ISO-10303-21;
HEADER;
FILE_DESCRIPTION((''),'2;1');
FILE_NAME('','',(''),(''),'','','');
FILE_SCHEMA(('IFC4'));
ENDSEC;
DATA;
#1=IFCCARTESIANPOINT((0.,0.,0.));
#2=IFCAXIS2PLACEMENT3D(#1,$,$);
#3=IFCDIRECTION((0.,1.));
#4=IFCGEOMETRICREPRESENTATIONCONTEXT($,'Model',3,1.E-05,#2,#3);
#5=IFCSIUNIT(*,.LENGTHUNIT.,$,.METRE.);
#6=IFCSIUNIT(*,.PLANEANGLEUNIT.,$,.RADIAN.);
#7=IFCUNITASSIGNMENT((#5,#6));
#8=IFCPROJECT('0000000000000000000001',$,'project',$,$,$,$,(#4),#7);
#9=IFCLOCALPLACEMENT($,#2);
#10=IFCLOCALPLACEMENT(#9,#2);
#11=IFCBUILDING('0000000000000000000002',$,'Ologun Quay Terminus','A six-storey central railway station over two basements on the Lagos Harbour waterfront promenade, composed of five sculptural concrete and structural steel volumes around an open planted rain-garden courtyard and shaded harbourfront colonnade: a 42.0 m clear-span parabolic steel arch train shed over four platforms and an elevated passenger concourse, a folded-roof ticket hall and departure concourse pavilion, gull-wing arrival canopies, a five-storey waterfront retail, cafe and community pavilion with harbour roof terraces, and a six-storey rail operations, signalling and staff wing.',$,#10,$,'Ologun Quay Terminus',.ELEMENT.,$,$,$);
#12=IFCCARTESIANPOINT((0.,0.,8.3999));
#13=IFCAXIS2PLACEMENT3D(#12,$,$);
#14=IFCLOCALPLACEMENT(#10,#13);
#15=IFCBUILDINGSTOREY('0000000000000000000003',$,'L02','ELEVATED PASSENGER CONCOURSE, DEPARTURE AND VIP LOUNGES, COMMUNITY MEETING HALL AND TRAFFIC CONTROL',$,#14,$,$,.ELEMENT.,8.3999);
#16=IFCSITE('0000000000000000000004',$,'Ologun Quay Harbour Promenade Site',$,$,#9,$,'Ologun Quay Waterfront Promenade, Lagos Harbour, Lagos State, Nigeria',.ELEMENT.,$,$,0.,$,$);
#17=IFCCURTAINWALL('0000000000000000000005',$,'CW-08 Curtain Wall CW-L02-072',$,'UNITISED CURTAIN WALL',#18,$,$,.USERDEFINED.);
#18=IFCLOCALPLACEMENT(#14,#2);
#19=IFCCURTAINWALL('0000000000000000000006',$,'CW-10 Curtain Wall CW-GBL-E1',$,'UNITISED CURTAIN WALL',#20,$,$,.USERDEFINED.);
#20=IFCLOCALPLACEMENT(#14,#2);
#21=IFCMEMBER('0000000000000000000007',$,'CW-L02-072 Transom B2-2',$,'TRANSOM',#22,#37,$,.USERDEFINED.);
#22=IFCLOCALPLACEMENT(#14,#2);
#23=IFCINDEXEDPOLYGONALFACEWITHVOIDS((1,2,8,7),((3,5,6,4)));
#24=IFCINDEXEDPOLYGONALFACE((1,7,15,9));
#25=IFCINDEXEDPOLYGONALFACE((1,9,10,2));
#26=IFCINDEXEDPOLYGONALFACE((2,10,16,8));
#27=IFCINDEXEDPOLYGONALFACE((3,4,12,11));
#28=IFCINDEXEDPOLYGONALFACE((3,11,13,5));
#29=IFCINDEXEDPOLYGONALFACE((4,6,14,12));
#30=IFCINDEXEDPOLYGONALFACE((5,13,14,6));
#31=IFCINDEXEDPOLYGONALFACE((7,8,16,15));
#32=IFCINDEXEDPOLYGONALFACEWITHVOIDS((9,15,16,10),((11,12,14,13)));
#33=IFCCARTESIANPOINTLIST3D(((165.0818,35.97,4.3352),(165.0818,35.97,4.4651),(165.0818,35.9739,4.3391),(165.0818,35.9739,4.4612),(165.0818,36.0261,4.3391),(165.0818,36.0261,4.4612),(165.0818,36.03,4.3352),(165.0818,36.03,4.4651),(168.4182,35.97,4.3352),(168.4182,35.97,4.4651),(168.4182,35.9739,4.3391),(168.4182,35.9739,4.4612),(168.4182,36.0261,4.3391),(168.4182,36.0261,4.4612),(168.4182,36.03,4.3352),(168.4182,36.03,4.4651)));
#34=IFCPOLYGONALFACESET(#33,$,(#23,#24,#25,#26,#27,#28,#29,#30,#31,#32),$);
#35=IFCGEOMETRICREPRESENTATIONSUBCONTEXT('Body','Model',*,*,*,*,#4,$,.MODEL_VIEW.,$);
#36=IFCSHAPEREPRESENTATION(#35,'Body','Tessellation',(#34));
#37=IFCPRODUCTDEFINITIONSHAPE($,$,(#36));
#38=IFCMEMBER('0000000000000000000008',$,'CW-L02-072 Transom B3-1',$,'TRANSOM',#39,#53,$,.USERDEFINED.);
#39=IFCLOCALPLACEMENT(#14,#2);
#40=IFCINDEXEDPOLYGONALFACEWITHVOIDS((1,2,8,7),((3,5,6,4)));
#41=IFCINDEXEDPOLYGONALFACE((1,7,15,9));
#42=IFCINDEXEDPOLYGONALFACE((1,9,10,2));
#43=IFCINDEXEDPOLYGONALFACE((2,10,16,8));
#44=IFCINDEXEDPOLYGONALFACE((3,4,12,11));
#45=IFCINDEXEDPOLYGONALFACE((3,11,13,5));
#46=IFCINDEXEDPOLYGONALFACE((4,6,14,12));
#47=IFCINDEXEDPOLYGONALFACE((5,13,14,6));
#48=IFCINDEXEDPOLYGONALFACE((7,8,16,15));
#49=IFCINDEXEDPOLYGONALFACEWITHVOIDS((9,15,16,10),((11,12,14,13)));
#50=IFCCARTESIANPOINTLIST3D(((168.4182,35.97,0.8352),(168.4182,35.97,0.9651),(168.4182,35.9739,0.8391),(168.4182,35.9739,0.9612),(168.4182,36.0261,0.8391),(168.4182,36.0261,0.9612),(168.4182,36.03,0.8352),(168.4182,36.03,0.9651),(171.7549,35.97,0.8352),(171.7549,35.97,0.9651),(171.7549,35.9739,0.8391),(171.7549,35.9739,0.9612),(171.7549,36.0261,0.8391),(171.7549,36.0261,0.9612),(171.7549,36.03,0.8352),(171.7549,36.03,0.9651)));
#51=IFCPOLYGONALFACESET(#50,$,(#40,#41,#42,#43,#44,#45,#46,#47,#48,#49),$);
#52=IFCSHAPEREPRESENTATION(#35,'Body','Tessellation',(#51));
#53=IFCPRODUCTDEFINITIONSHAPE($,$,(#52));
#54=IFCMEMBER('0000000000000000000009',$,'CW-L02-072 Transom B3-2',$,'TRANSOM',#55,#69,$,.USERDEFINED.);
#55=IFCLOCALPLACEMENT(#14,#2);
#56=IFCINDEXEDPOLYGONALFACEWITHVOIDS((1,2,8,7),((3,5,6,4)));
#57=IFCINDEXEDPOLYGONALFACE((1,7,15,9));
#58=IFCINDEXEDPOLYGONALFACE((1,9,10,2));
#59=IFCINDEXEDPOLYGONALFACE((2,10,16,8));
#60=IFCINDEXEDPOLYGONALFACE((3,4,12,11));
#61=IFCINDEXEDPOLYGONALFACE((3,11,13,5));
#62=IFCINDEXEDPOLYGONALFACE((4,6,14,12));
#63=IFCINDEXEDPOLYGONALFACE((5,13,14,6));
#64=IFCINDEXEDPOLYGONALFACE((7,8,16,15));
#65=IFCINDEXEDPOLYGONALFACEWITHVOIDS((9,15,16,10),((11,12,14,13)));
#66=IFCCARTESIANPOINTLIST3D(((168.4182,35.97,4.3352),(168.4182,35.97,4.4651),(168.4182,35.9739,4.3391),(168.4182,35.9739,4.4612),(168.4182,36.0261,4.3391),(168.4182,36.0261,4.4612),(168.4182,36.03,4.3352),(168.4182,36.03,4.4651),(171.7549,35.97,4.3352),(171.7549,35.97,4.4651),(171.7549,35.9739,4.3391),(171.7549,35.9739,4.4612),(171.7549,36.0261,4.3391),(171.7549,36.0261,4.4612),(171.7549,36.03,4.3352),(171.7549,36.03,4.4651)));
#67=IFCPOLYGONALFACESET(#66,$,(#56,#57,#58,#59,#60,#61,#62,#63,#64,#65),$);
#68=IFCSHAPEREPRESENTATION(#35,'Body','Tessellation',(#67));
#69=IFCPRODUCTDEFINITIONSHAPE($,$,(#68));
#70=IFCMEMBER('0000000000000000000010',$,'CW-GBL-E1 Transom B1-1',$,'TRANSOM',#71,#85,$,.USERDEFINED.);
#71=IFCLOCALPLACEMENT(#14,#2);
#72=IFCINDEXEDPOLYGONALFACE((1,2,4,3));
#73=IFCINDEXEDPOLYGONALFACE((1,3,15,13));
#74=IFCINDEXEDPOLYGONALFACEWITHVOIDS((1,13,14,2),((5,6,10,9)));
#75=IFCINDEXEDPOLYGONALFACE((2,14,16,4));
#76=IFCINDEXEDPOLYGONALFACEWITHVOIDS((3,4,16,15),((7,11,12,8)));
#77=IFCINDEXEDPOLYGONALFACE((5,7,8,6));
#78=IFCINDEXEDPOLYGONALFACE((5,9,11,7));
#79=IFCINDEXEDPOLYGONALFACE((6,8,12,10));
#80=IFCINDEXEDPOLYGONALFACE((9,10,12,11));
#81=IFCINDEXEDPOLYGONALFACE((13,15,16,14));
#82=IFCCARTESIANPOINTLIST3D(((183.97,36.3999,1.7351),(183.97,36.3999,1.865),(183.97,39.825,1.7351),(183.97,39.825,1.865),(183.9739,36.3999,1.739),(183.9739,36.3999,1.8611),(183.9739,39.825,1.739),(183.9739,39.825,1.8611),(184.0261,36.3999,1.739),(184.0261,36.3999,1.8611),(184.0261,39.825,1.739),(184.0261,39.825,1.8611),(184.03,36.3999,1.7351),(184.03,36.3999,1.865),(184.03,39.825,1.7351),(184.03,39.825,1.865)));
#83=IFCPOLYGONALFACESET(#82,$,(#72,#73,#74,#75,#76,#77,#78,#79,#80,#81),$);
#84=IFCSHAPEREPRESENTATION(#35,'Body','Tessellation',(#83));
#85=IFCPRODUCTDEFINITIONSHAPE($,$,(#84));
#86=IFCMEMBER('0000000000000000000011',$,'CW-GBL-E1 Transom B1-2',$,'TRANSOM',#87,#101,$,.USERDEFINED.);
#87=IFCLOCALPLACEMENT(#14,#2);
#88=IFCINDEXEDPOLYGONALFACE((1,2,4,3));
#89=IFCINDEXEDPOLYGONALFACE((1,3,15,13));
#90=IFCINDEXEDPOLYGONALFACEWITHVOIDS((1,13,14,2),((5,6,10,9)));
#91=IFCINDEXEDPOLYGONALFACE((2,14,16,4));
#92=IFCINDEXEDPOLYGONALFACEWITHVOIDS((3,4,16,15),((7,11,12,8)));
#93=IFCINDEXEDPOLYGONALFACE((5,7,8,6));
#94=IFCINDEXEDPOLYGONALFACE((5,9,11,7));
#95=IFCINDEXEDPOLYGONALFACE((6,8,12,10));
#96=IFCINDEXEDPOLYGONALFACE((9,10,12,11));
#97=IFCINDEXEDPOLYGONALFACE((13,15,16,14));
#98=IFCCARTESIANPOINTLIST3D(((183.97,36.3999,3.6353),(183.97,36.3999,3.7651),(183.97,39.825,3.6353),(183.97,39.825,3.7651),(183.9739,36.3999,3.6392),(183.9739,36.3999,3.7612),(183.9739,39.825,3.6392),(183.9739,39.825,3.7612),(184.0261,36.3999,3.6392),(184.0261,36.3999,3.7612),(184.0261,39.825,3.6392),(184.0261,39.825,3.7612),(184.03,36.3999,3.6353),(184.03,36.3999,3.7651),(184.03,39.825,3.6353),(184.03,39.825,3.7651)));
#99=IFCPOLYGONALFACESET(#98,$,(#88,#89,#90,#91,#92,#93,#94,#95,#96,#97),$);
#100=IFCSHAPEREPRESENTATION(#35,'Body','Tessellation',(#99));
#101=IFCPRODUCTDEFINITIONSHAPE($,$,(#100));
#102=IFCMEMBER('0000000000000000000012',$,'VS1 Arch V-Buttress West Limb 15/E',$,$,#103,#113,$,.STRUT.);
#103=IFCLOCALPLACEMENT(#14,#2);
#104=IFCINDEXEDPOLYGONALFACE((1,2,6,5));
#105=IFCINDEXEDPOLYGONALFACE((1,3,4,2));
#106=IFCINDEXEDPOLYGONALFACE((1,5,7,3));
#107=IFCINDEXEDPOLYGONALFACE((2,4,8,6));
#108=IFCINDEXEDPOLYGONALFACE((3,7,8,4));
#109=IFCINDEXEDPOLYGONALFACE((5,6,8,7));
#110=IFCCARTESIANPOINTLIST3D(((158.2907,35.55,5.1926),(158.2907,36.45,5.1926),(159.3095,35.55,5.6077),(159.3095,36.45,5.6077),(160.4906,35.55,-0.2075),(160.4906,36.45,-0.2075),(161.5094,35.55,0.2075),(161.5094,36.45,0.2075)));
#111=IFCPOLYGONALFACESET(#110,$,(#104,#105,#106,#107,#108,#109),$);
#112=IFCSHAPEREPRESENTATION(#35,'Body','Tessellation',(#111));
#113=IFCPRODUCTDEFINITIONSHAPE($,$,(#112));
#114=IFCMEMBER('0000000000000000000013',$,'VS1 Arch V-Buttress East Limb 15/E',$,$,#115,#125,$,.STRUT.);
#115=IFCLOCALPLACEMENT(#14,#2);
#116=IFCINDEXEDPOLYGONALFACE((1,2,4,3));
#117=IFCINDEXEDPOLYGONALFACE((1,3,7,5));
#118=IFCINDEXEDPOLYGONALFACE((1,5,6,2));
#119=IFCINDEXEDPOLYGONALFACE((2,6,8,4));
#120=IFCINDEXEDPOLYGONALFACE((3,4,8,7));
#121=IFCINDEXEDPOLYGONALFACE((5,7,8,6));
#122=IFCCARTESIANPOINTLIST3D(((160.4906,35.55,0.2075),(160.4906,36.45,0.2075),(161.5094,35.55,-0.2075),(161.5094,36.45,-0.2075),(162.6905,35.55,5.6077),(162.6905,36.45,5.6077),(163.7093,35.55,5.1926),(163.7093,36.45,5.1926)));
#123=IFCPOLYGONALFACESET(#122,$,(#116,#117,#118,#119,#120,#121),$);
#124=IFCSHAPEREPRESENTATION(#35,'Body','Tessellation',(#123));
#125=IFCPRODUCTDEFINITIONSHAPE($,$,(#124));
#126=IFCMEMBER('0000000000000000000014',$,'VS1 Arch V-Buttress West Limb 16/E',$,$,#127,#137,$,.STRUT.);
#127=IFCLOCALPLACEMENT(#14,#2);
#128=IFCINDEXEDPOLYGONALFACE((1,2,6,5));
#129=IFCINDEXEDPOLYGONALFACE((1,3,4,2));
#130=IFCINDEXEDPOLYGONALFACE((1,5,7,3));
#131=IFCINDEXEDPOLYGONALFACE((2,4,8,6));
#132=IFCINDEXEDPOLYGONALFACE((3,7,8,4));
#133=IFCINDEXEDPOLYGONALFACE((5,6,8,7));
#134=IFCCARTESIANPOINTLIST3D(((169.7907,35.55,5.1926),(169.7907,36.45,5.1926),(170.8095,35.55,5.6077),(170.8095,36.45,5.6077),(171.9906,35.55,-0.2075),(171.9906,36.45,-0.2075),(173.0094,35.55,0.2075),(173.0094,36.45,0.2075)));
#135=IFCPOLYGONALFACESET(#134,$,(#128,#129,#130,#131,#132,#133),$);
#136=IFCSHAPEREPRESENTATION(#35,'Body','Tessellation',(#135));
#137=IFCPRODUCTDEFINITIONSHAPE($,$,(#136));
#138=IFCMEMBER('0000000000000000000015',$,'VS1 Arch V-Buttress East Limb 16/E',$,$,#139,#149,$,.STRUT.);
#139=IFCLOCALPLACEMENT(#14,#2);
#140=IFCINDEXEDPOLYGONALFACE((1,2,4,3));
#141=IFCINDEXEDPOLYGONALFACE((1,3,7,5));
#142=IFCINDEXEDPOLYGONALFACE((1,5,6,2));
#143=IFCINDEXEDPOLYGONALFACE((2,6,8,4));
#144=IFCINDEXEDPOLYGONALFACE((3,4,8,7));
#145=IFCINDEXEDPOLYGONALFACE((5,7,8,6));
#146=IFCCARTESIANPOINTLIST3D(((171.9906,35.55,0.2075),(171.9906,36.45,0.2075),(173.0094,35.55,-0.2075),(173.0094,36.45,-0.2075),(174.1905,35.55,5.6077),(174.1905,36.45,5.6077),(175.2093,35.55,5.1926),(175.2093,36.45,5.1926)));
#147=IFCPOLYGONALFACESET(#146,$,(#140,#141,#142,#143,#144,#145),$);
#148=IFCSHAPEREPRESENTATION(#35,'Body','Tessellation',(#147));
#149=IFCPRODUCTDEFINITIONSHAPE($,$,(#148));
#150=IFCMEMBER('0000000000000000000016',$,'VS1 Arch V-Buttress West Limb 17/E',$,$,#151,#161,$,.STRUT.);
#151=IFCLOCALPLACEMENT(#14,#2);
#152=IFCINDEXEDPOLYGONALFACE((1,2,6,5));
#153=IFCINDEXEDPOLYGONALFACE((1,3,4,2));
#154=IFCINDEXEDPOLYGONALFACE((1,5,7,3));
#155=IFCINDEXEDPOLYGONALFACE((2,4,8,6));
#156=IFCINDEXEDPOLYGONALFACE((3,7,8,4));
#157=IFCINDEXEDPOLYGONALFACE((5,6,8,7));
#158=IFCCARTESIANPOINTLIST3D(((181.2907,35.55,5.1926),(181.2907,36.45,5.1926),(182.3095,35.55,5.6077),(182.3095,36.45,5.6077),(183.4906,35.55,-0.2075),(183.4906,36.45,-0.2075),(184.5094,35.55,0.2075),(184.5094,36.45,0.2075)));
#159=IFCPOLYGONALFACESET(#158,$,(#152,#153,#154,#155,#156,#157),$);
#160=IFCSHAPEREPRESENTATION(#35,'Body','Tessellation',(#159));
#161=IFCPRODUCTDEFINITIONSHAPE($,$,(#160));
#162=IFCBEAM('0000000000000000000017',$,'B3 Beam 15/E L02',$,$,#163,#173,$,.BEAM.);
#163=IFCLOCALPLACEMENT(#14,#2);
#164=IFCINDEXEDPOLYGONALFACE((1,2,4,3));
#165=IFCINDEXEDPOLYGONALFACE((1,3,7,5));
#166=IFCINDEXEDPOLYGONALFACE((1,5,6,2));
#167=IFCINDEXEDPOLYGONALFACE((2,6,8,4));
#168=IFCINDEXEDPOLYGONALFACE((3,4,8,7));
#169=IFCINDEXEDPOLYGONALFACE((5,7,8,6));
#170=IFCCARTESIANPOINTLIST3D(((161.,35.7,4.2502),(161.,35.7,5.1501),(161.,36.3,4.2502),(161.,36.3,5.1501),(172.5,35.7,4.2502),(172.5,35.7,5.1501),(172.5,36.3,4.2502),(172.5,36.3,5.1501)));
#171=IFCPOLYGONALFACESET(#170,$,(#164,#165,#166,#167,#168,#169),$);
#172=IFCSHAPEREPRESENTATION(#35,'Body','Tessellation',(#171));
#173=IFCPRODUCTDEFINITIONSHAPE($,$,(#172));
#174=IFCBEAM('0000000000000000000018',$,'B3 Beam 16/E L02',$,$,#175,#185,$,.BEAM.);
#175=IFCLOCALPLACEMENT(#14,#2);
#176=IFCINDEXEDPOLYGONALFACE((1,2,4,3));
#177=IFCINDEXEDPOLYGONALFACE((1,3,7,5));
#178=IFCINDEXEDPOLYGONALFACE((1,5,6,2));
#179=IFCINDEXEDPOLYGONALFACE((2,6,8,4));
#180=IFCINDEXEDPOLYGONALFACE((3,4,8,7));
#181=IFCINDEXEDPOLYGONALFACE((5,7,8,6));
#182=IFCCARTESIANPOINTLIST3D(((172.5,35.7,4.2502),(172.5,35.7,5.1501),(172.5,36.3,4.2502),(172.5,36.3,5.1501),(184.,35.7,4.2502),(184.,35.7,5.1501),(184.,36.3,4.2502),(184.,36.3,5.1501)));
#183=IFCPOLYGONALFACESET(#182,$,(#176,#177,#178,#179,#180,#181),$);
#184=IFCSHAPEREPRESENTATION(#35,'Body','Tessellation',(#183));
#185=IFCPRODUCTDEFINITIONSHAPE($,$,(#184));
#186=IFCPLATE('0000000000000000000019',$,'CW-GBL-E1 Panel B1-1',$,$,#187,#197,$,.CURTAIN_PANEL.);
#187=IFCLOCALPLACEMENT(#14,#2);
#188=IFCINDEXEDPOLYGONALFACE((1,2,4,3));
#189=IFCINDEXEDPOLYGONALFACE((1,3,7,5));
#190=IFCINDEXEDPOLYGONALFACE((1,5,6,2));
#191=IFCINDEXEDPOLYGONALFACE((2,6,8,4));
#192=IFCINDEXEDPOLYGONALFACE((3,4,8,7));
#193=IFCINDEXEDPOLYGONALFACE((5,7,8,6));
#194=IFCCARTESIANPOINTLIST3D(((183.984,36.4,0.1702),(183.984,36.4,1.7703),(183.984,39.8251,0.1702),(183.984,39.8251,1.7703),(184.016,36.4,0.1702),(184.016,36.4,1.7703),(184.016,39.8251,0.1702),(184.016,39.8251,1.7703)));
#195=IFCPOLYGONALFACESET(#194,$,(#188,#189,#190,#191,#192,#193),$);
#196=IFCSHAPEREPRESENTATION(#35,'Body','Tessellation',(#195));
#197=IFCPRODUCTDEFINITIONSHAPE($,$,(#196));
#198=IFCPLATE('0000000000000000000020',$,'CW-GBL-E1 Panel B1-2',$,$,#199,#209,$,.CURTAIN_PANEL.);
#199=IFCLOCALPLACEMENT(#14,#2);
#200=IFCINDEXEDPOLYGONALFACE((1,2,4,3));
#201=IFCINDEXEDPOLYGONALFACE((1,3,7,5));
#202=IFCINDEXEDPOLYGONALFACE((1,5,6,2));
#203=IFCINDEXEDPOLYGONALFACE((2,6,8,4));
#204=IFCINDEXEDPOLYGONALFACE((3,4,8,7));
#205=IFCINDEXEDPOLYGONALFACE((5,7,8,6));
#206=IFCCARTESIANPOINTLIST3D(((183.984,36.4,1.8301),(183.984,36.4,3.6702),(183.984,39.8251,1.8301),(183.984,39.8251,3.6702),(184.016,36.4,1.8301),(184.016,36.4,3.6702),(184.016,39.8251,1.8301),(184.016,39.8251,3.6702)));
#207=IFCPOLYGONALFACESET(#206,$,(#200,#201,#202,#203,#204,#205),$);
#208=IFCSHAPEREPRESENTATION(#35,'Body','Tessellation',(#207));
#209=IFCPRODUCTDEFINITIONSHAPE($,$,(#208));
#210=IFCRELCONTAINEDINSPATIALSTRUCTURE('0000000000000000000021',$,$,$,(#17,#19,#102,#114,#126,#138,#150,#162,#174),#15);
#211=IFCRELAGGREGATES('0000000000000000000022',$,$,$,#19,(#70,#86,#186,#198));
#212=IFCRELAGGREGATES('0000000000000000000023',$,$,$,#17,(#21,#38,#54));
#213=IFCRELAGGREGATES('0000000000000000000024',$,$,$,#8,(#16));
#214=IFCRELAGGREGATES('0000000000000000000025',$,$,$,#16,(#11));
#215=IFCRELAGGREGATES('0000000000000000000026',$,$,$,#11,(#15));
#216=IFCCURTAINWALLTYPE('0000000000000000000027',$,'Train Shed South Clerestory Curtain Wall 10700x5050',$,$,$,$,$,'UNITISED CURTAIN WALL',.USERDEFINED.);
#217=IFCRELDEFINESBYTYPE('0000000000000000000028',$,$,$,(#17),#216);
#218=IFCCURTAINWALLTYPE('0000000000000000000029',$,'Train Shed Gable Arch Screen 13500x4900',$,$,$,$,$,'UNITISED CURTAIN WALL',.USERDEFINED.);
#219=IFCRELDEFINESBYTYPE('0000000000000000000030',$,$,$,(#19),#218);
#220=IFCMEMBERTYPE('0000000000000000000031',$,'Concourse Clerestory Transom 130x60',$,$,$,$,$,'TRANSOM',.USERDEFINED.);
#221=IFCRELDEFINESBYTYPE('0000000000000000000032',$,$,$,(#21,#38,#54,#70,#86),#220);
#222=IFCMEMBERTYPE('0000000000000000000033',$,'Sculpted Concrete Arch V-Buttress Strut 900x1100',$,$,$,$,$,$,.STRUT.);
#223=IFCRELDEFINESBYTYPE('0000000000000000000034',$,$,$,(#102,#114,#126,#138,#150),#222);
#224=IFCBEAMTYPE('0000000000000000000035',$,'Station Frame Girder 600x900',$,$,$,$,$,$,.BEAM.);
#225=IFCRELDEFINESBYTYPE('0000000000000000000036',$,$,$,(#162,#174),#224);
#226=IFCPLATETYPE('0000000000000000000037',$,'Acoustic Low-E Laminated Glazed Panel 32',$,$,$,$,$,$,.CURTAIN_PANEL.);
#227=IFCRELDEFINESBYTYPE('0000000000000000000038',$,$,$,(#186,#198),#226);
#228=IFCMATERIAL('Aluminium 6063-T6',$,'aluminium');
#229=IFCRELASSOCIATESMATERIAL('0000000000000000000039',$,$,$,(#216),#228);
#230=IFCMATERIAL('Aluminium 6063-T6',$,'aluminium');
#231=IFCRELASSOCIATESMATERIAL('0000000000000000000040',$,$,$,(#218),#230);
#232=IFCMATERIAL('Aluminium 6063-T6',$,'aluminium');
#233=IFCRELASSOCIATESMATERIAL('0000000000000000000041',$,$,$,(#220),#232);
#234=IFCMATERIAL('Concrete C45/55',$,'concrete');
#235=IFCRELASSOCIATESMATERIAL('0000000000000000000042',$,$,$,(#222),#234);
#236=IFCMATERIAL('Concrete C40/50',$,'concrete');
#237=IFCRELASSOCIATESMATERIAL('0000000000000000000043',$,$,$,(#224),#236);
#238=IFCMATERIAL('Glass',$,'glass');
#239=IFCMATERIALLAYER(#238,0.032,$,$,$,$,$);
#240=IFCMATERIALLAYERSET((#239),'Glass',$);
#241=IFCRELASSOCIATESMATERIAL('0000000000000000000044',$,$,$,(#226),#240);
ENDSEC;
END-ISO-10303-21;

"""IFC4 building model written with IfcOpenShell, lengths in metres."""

from ifc_helpers import new_model, si_unit, direction, frame, origin, origin_2d, place, context, subcontext, project, spatial, rectangle, hollow_rectangle, extrude, material, layer, layer_set, material_profile, profile_set, type_object, element, aggregate, save


model = new_model("IFC4")

# Units and contexts
model_context = context("Model", 3, precision=1e-05, world=origin(), true_north=direction((0.0, 1.0)))
body_context = subcontext(model_context, "Body", "Model", "MODEL_VIEW")
ifc_project = project(units=[si_unit("LENGTHUNIT", "METRE"), si_unit("PLANEANGLEUNIT", "RADIAN")], contexts=[model_context])

# Site, building, storey
site_placement = place(None, origin())
site = spatial("IfcSite", under=ifc_project, at=site_placement, Name="Ologun Quay Harbour Promenade Site", LongName="Ologun Quay Waterfront Promenade, Lagos Harbour, Lagos State, Nigeria", CompositionType="ELEMENT", RefElevation=0.0)
building_placement = place(site_placement, origin())
building = spatial("IfcBuilding", under=site, at=building_placement, Name="Ologun Quay Terminus", Description="A six-storey central railway station over two basements on the Lagos Harbour waterfront promenade, composed of five sculptural concrete and structural steel volumes around an open planted rain-garden courtyard and shaded harbourfront colonnade: a 42.0 m clear-span parabolic steel arch train shed over four platforms and an elevated passenger concourse, a folded-roof ticket hall and departure concourse pavilion, gull-wing arrival canopies, a five-storey waterfront retail, cafe and community pavilion with harbour roof terraces, and a six-storey rail operations, signalling and staff wing.", LongName="Ologun Quay Terminus", CompositionType="ELEMENT")
storey_placement = place(building_placement, frame((0.0, 0.0, 8.3999)))
storey = spatial("IfcBuildingStorey", under=building, at=storey_placement, Name="L02", Description="ELEVATED PASSENGER CONCOURSE, DEPARTURE AND VIP LOUNGES, COMMUNITY MEETING HALL AND TRAFFIC CONTROL", CompositionType="ELEMENT", Elevation=8.3999)

# Shared definitions
ifc_material_1 = material(Name="Aluminium 6063-T6", Category="aluminium")
curtain_wall_type_1 = type_object("IfcCurtainWallType", Name="Train Shed South Clerestory Curtain Wall 10700x5050", ElementType="UNITISED CURTAIN WALL", PredefinedType="USERDEFINED", material=ifc_material_1)

# Curtain wall
curtain_wall_1_placement = place(storey_placement, origin())
curtain_wall_1 = element("IfcCurtainWall", 1, at=curtain_wall_1_placement, inside=storey, type_object=curtain_wall_type_1, Name="CW-08 Curtain Wall CW-L02-072", ObjectType="UNITISED CURTAIN WALL", PredefinedType="USERDEFINED")

# Curtain wall
ifc_material_2 = material(Name="Aluminium 6063-T6", Category="aluminium")
curtain_wall_type_2 = type_object("IfcCurtainWallType", Name="Train Shed Gable Arch Screen 13500x4900", ElementType="UNITISED CURTAIN WALL", PredefinedType="USERDEFINED", material=ifc_material_2)
curtain_wall_2_placement = place(storey_placement, origin())
curtain_wall_2 = element("IfcCurtainWall", 2, at=curtain_wall_2_placement, inside=storey, type_object=curtain_wall_type_2, Name="CW-10 Curtain Wall CW-GBL-E1", ObjectType="UNITISED CURTAIN WALL", PredefinedType="USERDEFINED")

# Members
ifc_material_3 = material(Name="Aluminium 6063-T6", Category="aluminium")
ifc_material_profile_1 = material_profile(ifc_material_3, hollow_rectangle(XDim=0.0601, YDim=0.1299, WallThickness=0.0039, at=origin_2d()), Name="ALU 130x60x4")
ifc_profile_set_1 = profile_set([ifc_material_profile_1], Name="Aluminium 6063-T6")
member_type_1 = type_object("IfcMemberType", Name="Concourse Clerestory Transom 130x60", ElementType="TRANSOM", PredefinedType="USERDEFINED", material=ifc_profile_set_1)
member_1_placement = place(storey_placement, frame((165.0818, 36.0, 4.4001), z_axis=(1.0, 0.0, 0.0), x_axis=(0.0, 1.0, 0.0)))
member_1 = element("IfcMember", 3, at=member_1_placement, type_object=member_type_1, Name="CW-L02-072 Transom B2-2", ObjectType="TRANSOM", PredefinedType="USERDEFINED", context=body_context, shape_type="SweptSolid", body=[
    extrude(hollow_rectangle(XDim=0.0601, YDim=0.1299, WallThickness=0.0039, at=origin_2d()), origin(), (0.0, 0.0, 1.0), 3.3364),
])
member_2_placement = place(storey_placement, frame((168.4182, 36.0, 0.9001), z_axis=(1.0, 0.0, 0.0), x_axis=(0.0, 1.0, 0.0)))
member_2 = element("IfcMember", 4, at=member_2_placement, type_object=member_type_1, Name="CW-L02-072 Transom B3-1", ObjectType="TRANSOM", PredefinedType="USERDEFINED", context=body_context, shape_type="SweptSolid", body=[
    extrude(hollow_rectangle(XDim=0.0601, YDim=0.1299, WallThickness=0.0039, at=origin_2d()), origin(), (0.0, 0.0, 1.0), 3.3367),
])
member_3_placement = place(storey_placement, frame((168.4182, 36.0, 4.4001), z_axis=(1.0, 0.0, 0.0), x_axis=(0.0, 1.0, 0.0)))
member_3 = element("IfcMember", 5, at=member_3_placement, type_object=member_type_1, Name="CW-L02-072 Transom B3-2", ObjectType="TRANSOM", PredefinedType="USERDEFINED", context=body_context, shape_type="SweptSolid", body=[
    extrude(hollow_rectangle(XDim=0.0601, YDim=0.1299, WallThickness=0.0039, at=origin_2d()), origin(), (0.0, 0.0, 1.0), 3.3367),
])
member_4_placement = place(storey_placement, frame((184.0, 36.3999, 1.8), z_axis=(0.0, 1.0, 0.0), x_axis=(-1.0, 0.0, 0.0)))
member_4 = element("IfcMember", 6, at=member_4_placement, type_object=member_type_1, Name="CW-GBL-E1 Transom B1-1", ObjectType="TRANSOM", PredefinedType="USERDEFINED", context=body_context, shape_type="SweptSolid", body=[
    extrude(hollow_rectangle(XDim=0.0601, YDim=0.1299, WallThickness=0.0039, at=origin_2d()), origin(), (0.0, 0.0, 1.0), 3.425),
])
member_5_placement = place(storey_placement, frame((184.0, 36.3999, 3.7002), z_axis=(0.0, 1.0, 0.0), x_axis=(-1.0, 0.0, 0.0)))
member_5 = element("IfcMember", 7, at=member_5_placement, type_object=member_type_1, Name="CW-GBL-E1 Transom B1-2", ObjectType="TRANSOM", PredefinedType="USERDEFINED", context=body_context, shape_type="SweptSolid", body=[
    extrude(hollow_rectangle(XDim=0.0601, YDim=0.1299, WallThickness=0.0039, at=origin_2d()), origin(), (0.0, 0.0, 1.0), 3.425),
])

# Members
ifc_material_4 = material(Name="Concrete C45/55", Category="concrete")
ifc_material_profile_2 = material_profile(ifc_material_4, rectangle(XDim=0.8999, YDim=1.1001, at=origin_2d()), Name="RC 900x1100")
ifc_profile_set_2 = profile_set([ifc_material_profile_2], Name="Concrete C45/55")
member_type_2 = type_object("IfcMemberType", Name="Sculpted Concrete Arch V-Buttress Strut 900x1100", PredefinedType="STRUT", material=ifc_profile_set_2)
for number, where, z_axis, x_axis, name in (
    (8, (161.0, 36.0, 0.0), (-0.377281, 0.0, 0.926099), (0.0, -1.0, 0.0), "VS1 Arch V-Buttress West Limb 15/E"),
    (9, (161.0, 36.0, 0.0), (0.377281, 0.0, 0.926099), (0.0, 1.0, 0.0), "VS1 Arch V-Buttress East Limb 15/E"),
    (10, (172.5, 36.0, 0.0), (-0.377281, 0.0, 0.926099), (0.0, -1.0, 0.0), "VS1 Arch V-Buttress West Limb 16/E"),
    (11, (172.5, 36.0, 0.0), (0.377281, 0.0, 0.926099), (0.0, 1.0, 0.0), "VS1 Arch V-Buttress East Limb 16/E"),
    (12, (184.0, 36.0, 0.0), (-0.377281, 0.0, 0.926099), (0.0, -1.0, 0.0), "VS1 Arch V-Buttress West Limb 17/E"),
):
    element("IfcMember", number, at=place(storey_placement, frame(where, z_axis=z_axis, x_axis=x_axis)), inside=storey, type_object=member_type_2, Name=name, PredefinedType="STRUT", context=body_context, shape_type="SweptSolid", body=[
        extrude(rectangle(XDim=0.8999, YDim=1.1001, at=origin_2d()), origin(), (0.0, 0.0, 1.0), 5.8311),
    ])

# Beams
ifc_material_5 = material(Name="Concrete C40/50", Category="concrete")
ifc_material_profile_3 = material_profile(ifc_material_5, rectangle(XDim=0.6001, YDim=0.8999, at=origin_2d()), Name="RC 600x900")
ifc_profile_set_3 = profile_set([ifc_material_profile_3], Name="Concrete C40/50")
beam_type = type_object("IfcBeamType", Name="Station Frame Girder 600x900", PredefinedType="BEAM", material=ifc_profile_set_3)
for number, where, z_axis, x_axis, name in (
    (13, (161.0, 36.0, 4.7002), (1.0, 0.0, 0.0), (0.0, 1.0, 0.0), "B3 Beam 15/E L02"),
    (14, (172.5, 36.0, 4.7002), (1.0, 0.0, 0.0), (0.0, 1.0, 0.0), "B3 Beam 16/E L02"),
):
    element("IfcBeam", number, at=place(storey_placement, frame(where, z_axis=z_axis, x_axis=x_axis)), inside=storey, type_object=beam_type, Name=name, PredefinedType="BEAM", context=body_context, shape_type="SweptSolid", body=[
        extrude(rectangle(XDim=0.6001, YDim=0.8999, at=origin_2d()), origin(), (0.0, 0.0, 1.0), 11.5),
    ])

# Plates
ifc_material_6 = material(Name="Glass", Category="glass")
ifc_layer_1 = layer(ifc_material_6, 0.032)
ifc_layer_set_1 = layer_set([ifc_layer_1], Name="Glass")
plate_type_1 = type_object("IfcPlateType", Name="Acoustic Low-E Laminated Glazed Panel 32", PredefinedType="CURTAIN_PANEL", material=ifc_layer_set_1)
plate_1_placement = place(storey_placement, frame((184.0, 38.1125, 0.1702), z_axis=(0.0, 0.0, 1.0), x_axis=(0.0, 1.0, 0.0)))
plate_1 = element("IfcPlate", 15, at=plate_1_placement, type_object=plate_type_1, Name="CW-GBL-E1 Panel B1-1", PredefinedType="CURTAIN_PANEL", context=body_context, shape_type="SweptSolid", body=[
    extrude(rectangle(XDim=3.425, YDim=0.032, at=origin_2d()), origin(), (0.0, 0.0, 1.0), 1.6001),
])
plate_2_placement = place(storey_placement, frame((184.0, 38.1125, 1.8301), z_axis=(0.0, 0.0, 1.0), x_axis=(0.0, 1.0, 0.0)))
plate_2 = element("IfcPlate", 16, at=plate_2_placement, type_object=plate_type_1, Name="CW-GBL-E1 Panel B1-2", PredefinedType="CURTAIN_PANEL", context=body_context, shape_type="SweptSolid", body=[
    extrude(rectangle(XDim=3.425, YDim=0.032, at=origin_2d()), origin(), (0.0, 0.0, 1.0), 1.8401),
])
aggregate(curtain_wall_2, [member_4, member_5, plate_1, plate_2])
aggregate(curtain_wall_1, [member_1, member_2, member_3])

save(model, "model.ifc")
